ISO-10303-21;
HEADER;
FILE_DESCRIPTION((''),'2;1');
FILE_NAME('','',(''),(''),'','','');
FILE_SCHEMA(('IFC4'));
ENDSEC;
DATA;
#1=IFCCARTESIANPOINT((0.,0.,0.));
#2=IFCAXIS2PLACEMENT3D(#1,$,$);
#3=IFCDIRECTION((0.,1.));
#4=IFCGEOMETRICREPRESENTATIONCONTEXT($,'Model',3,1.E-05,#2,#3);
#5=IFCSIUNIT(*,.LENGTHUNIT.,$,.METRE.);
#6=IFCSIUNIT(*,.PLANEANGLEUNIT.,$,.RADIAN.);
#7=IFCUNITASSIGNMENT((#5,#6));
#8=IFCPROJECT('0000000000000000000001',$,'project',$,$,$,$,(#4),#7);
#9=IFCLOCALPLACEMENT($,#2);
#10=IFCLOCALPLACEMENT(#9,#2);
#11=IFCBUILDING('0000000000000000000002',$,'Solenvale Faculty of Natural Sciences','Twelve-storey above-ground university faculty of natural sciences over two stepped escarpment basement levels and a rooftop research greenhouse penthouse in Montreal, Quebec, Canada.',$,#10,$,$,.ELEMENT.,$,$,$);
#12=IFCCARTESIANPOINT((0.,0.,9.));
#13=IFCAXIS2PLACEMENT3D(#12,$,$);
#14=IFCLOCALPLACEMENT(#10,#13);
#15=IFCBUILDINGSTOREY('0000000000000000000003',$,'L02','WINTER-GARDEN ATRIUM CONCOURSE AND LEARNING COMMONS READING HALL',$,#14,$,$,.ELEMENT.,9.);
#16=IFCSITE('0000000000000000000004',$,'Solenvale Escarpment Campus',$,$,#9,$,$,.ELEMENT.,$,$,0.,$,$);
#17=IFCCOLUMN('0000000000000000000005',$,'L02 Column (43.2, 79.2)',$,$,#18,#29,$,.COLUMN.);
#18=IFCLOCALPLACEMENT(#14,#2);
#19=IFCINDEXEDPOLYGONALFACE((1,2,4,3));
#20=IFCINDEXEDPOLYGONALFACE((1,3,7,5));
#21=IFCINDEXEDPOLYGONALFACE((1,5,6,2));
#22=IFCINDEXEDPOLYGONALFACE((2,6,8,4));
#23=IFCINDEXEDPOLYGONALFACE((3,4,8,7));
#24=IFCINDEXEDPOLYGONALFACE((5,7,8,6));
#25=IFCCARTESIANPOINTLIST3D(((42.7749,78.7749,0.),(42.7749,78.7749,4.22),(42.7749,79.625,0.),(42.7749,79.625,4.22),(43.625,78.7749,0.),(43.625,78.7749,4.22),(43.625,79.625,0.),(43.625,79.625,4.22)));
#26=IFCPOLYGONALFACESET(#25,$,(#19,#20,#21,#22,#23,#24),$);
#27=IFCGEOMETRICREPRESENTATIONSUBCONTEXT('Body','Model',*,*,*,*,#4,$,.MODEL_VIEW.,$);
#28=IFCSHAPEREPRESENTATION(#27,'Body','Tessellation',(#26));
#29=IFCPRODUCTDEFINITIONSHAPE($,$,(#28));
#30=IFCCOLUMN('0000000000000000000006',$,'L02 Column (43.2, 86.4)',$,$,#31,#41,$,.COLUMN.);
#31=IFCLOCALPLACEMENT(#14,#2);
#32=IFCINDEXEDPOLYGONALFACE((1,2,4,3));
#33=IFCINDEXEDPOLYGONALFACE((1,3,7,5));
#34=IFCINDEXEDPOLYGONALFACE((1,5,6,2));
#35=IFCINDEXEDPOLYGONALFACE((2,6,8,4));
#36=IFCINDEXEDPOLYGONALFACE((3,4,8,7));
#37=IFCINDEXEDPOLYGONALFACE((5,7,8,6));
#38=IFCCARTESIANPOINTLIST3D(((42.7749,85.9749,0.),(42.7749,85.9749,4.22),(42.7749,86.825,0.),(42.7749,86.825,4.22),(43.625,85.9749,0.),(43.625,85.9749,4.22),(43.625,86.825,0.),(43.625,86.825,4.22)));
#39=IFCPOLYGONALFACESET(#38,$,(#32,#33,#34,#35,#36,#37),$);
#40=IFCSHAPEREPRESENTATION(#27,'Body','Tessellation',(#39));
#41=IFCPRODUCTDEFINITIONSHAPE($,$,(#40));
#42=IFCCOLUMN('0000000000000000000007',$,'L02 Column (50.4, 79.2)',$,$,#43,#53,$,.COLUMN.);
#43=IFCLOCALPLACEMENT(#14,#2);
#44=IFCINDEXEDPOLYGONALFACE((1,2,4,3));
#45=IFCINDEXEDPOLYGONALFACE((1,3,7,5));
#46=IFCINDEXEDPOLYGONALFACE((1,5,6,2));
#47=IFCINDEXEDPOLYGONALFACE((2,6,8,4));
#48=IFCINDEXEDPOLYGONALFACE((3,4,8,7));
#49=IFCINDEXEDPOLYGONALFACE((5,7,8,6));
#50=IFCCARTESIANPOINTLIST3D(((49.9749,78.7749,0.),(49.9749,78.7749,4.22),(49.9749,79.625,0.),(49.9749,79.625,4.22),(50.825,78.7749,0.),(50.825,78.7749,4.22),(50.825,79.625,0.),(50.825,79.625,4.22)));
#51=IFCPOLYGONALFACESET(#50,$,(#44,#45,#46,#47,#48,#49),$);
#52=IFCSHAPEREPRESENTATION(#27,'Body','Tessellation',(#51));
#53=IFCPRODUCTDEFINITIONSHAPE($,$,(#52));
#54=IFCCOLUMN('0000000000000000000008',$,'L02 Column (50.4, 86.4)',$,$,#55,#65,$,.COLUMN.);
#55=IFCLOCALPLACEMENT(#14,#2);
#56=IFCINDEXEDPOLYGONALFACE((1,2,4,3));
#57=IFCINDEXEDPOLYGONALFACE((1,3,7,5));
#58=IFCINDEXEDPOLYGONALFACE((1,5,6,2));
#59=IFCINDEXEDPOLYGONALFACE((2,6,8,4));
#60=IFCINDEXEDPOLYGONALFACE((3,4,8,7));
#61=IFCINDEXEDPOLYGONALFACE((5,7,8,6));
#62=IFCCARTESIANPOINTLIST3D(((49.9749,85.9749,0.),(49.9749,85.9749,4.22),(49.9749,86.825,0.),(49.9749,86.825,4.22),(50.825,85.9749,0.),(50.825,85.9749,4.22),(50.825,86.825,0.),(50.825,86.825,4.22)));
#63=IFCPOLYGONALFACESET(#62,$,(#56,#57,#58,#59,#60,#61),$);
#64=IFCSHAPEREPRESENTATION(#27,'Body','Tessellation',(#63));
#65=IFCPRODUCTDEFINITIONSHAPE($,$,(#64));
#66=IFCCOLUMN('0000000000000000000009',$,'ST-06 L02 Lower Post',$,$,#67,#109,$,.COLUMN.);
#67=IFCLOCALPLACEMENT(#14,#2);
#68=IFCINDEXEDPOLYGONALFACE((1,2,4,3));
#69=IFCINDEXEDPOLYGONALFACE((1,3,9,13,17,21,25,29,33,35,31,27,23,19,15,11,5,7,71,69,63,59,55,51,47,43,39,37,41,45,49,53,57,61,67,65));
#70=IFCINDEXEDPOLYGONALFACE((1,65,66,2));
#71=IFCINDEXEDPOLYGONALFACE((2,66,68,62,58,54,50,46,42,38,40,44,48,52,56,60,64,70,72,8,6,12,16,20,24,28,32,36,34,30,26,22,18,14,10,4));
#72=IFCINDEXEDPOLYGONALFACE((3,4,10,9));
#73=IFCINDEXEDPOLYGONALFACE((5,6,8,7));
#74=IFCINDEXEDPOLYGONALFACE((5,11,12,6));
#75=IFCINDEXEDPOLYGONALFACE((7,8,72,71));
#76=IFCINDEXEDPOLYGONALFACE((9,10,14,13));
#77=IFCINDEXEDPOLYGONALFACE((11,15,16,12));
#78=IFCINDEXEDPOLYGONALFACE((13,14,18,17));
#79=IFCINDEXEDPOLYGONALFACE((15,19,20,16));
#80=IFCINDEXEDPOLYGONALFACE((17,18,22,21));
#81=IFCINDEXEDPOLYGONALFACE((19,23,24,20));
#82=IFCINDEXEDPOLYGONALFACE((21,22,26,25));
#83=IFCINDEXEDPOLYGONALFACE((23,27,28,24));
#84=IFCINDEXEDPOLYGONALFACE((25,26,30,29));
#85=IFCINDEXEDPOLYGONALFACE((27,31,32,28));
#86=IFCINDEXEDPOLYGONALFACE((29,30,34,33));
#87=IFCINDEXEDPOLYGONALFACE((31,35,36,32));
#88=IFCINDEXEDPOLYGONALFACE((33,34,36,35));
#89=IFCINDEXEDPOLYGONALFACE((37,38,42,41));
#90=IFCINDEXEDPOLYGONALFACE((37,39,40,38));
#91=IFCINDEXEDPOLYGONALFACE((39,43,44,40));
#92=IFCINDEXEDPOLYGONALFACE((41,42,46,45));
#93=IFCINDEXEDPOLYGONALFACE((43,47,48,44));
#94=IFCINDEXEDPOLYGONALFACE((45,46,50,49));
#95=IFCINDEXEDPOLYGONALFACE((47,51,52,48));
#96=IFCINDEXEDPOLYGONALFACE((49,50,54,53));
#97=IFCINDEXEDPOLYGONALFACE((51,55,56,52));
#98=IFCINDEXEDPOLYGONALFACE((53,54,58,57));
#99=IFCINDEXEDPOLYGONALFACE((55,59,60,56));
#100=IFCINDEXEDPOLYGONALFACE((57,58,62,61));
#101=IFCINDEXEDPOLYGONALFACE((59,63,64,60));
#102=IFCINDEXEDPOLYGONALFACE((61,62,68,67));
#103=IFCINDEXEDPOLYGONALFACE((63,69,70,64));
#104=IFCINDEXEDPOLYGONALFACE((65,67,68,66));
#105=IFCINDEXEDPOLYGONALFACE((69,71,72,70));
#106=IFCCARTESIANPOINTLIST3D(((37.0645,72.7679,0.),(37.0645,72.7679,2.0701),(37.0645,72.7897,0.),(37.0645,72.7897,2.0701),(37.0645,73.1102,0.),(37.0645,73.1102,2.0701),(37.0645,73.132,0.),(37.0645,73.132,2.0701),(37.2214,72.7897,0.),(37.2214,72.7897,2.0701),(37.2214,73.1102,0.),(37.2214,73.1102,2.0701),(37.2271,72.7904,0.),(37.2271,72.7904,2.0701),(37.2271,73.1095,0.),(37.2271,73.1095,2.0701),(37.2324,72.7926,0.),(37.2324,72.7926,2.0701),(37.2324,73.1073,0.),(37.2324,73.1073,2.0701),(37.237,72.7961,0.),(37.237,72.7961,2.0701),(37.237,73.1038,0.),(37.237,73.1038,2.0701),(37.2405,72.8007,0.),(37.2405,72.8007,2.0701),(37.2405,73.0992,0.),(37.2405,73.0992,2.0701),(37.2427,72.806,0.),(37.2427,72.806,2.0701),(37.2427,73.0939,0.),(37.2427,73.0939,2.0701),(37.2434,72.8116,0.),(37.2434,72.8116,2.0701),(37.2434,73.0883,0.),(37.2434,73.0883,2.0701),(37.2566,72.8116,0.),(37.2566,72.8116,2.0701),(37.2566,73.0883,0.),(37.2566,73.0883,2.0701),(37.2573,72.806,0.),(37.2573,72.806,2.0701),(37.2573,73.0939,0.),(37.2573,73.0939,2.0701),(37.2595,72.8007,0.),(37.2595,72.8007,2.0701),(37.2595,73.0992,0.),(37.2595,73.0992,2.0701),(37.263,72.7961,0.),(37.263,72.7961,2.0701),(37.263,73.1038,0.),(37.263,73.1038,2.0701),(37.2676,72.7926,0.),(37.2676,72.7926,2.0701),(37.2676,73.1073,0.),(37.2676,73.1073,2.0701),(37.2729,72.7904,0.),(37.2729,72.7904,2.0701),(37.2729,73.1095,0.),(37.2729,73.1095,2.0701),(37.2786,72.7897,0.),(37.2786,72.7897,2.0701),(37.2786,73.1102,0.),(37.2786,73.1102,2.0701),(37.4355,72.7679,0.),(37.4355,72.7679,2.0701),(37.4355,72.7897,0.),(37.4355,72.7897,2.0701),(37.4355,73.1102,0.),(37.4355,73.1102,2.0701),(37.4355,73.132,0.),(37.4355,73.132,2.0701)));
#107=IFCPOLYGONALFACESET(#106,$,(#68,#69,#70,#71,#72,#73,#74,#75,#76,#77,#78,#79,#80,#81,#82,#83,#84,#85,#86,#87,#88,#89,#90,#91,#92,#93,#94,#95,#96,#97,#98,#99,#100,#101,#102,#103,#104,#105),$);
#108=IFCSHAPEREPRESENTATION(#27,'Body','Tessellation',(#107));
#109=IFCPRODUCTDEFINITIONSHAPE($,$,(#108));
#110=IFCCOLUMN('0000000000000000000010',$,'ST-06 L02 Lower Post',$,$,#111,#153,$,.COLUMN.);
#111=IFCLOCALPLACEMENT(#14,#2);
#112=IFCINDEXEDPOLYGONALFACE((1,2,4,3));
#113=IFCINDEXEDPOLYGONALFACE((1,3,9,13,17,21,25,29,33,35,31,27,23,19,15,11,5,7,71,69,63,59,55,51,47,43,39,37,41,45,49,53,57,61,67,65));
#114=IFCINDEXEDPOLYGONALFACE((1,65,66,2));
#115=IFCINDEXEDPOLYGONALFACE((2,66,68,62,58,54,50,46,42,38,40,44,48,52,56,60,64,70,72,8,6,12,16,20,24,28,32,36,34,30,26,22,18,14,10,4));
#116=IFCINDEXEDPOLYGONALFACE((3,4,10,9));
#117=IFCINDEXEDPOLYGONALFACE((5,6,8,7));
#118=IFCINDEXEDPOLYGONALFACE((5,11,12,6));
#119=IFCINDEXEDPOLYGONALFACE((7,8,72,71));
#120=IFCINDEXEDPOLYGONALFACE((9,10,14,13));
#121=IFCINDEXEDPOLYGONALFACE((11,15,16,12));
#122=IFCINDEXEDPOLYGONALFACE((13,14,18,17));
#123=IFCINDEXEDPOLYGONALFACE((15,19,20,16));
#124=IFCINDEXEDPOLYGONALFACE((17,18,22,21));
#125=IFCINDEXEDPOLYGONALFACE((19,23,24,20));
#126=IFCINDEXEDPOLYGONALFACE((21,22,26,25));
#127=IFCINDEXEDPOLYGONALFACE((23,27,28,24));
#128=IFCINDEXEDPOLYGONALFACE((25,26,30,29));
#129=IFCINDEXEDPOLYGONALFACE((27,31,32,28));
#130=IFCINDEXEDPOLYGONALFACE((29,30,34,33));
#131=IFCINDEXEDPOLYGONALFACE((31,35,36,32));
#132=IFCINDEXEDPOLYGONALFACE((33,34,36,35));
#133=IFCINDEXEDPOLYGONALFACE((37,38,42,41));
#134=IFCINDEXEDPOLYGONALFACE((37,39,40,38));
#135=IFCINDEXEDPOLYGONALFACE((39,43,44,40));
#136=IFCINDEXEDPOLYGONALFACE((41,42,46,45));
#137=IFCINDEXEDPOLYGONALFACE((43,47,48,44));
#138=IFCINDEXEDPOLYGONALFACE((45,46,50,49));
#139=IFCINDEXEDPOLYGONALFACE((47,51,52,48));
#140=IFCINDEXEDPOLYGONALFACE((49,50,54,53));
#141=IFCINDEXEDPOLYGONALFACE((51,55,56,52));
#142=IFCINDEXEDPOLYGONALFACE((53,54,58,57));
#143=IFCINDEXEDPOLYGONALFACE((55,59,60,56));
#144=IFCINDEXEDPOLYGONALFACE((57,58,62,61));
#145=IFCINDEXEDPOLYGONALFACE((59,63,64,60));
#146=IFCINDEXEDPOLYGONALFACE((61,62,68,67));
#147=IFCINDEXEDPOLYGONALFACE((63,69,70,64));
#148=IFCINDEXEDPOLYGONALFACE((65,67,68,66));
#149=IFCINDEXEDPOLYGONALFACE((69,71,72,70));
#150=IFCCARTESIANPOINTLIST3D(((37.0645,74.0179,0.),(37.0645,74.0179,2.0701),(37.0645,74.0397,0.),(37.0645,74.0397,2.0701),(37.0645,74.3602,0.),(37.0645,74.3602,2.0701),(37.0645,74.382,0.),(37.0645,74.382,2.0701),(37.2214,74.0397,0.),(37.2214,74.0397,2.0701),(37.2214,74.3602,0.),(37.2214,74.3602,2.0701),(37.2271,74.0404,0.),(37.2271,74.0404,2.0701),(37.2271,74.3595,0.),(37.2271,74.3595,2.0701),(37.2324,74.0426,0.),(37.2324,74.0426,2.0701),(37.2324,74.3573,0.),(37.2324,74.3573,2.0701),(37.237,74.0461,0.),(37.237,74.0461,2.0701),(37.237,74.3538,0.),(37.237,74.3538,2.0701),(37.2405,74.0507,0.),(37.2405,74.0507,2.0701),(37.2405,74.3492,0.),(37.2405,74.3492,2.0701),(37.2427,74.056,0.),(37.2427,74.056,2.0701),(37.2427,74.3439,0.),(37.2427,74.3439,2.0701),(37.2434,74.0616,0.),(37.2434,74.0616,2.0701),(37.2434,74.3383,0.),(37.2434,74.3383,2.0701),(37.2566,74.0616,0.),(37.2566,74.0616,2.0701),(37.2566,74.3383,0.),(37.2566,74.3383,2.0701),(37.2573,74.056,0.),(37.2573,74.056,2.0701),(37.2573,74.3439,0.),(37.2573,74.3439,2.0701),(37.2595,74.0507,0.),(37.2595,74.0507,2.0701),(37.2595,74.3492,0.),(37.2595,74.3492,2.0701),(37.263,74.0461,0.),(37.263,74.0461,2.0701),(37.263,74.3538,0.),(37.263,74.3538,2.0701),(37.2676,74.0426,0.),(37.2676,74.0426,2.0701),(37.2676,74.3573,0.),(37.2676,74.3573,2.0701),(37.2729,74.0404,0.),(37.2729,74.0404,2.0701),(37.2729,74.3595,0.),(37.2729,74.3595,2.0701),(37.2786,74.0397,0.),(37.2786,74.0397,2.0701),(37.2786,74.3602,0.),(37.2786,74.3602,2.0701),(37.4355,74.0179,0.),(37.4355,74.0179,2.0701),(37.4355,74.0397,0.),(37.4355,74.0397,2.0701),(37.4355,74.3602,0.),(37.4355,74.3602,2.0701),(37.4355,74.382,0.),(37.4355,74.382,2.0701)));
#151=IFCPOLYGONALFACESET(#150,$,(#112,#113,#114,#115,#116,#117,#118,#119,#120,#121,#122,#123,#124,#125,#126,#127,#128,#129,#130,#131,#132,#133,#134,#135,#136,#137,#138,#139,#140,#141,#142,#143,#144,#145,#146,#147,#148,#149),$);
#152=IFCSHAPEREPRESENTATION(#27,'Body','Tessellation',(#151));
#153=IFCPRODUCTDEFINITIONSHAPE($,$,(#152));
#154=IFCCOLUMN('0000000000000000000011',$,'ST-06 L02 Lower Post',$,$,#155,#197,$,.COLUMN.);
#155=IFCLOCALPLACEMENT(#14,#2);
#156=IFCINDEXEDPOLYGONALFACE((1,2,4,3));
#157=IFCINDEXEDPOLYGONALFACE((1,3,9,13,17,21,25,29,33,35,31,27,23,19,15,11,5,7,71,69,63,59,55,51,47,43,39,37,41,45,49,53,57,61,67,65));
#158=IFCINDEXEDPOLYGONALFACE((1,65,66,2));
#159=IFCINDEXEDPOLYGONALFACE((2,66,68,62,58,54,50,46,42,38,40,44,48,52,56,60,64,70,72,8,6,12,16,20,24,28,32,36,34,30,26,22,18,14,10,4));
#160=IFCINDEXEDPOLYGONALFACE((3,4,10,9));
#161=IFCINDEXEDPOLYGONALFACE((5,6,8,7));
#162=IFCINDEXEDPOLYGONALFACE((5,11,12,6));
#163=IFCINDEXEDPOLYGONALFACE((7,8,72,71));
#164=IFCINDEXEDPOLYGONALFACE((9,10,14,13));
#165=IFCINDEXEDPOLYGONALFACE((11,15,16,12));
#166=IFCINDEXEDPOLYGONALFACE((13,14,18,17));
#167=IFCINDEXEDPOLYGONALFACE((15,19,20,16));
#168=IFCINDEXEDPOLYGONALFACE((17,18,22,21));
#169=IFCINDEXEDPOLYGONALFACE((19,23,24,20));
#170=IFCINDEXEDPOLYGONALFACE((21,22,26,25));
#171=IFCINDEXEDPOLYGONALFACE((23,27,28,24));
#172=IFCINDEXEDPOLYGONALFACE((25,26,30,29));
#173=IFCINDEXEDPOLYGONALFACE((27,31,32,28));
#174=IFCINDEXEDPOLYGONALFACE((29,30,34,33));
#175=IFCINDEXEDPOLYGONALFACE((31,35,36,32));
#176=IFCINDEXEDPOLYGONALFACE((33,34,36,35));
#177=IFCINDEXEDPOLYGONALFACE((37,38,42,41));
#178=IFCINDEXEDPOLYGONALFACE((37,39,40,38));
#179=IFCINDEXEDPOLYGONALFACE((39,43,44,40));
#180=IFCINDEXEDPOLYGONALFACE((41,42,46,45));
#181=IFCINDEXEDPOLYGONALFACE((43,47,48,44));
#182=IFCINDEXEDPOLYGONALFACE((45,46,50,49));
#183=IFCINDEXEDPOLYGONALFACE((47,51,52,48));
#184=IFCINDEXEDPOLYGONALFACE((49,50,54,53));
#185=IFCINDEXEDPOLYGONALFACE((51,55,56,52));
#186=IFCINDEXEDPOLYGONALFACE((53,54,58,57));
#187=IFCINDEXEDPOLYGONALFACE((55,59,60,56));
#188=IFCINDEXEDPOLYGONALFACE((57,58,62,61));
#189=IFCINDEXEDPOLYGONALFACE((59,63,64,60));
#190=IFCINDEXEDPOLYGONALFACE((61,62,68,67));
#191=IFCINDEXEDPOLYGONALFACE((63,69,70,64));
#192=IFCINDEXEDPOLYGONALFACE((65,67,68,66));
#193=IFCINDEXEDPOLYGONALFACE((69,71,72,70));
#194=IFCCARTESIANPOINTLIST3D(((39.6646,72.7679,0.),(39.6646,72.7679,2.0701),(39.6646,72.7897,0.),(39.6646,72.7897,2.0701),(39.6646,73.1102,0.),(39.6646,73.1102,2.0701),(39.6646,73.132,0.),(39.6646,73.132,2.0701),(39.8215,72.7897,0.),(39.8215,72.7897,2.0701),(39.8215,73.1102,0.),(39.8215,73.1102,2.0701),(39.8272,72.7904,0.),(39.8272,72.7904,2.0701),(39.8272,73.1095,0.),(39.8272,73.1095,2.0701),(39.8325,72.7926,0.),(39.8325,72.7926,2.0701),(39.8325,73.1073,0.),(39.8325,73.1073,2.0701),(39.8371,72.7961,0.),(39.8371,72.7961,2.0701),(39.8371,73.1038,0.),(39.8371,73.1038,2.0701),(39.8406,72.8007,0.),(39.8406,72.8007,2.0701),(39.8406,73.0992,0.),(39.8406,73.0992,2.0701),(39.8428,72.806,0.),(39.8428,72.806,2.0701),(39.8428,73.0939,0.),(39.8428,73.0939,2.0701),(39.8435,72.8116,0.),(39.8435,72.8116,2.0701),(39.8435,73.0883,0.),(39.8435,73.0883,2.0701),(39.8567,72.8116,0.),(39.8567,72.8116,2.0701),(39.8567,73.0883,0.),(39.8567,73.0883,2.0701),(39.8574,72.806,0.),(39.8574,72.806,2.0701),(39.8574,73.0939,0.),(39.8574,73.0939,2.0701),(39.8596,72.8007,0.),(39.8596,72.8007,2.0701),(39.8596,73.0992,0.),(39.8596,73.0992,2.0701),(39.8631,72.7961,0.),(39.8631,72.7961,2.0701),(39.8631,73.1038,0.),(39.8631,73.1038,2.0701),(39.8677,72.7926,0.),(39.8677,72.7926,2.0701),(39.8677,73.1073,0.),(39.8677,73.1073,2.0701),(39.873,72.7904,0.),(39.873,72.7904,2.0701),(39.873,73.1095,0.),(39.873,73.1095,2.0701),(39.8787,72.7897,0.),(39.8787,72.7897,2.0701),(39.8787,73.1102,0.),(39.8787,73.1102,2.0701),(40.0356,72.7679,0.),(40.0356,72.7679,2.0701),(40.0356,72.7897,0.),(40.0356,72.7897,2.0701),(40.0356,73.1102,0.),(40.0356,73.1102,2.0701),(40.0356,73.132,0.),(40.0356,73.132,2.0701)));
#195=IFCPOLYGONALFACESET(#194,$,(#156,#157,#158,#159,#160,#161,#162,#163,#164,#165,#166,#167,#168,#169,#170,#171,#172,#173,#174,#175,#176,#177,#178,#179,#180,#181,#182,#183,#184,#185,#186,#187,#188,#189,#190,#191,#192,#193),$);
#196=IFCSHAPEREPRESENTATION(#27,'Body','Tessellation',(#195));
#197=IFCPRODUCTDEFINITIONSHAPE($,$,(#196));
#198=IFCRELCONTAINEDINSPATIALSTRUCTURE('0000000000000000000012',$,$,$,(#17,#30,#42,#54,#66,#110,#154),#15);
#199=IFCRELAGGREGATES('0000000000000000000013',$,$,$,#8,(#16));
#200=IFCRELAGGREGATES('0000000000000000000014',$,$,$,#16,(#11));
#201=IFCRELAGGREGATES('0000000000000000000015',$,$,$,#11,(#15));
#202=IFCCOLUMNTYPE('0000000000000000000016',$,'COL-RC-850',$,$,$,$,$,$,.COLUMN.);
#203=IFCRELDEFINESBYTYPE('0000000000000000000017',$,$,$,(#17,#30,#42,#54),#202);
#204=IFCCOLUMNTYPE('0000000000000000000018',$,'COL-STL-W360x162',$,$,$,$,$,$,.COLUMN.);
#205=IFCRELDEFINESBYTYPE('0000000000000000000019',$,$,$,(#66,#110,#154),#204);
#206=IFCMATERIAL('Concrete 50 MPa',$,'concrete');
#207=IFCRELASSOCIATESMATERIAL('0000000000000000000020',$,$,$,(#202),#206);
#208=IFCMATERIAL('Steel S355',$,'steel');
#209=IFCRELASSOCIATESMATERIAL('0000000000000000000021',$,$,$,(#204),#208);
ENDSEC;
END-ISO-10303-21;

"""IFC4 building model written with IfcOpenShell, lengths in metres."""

from ifc_helpers import new_model, si_unit, direction, frame, origin, origin_2d, place, context, subcontext, project, spatial, rectangle, i_section, extrude, material, material_profile, profile_set, type_object, element, save


model = new_model("IFC4")

# Units and contexts
model_context = context("Model", 3, precision=1e-05, world=origin(), true_north=direction((0.0, 1.0)))
body_context = subcontext(model_context, "Body", "Model", "MODEL_VIEW")
ifc_project = project(units=[si_unit("LENGTHUNIT", "METRE"), si_unit("PLANEANGLEUNIT", "RADIAN")], contexts=[model_context])

# Site, building, storey
site_placement = place(None, origin())
site = spatial("IfcSite", under=ifc_project, at=site_placement, Name="Solenvale Escarpment Campus", CompositionType="ELEMENT", RefElevation=0.0)
building_placement = place(site_placement, origin())
building = spatial("IfcBuilding", under=site, at=building_placement, Name="Solenvale Faculty of Natural Sciences", Description="Twelve-storey above-ground university faculty of natural sciences over two stepped escarpment basement levels and a rooftop research greenhouse penthouse in Montreal, Quebec, Canada.", CompositionType="ELEMENT")
storey_placement = place(building_placement, frame((0.0, 0.0, 9.0)))
storey = spatial("IfcBuildingStorey", under=building, at=storey_placement, Name="L02", Description="WINTER-GARDEN ATRIUM CONCOURSE AND LEARNING COMMONS READING HALL", CompositionType="ELEMENT", Elevation=9.0)

# Columns
ifc_material_1 = material(Name="Concrete 50 MPa", Category="concrete")
ifc_material_profile_1 = material_profile(ifc_material_1, rectangle(XDim=0.8501, YDim=0.8501, at=origin_2d()), Name="RC-COL-850x850")
ifc_profile_set_1 = profile_set([ifc_material_profile_1], Name="Concrete 50 MPa")
column_type_1 = type_object("IfcColumnType", Name="COL-RC-850", PredefinedType="COLUMN", material=ifc_profile_set_1)
for number, where, z_axis, x_axis, name in (
    (1, (43.2, 79.2, 0.0), (0.0, 0.0, 1.0), (1.0, 0.0, 0.0), "L02 Column (43.2, 79.2)"),
    (2, (43.2, 86.3999, 0.0), (0.0, 0.0, 1.0), (1.0, 0.0, 0.0), "L02 Column (43.2, 86.4)"),
    (3, (50.3999, 79.2, 0.0), (0.0, 0.0, 1.0), (1.0, 0.0, 0.0), "L02 Column (50.4, 79.2)"),
    (4, (50.3999, 86.3999, 0.0), (0.0, 0.0, 1.0), (1.0, 0.0, 0.0), "L02 Column (50.4, 86.4)"),
):
    element("IfcColumn", number, at=place(storey_placement, frame(where, z_axis=z_axis, x_axis=x_axis)), inside=storey, type_object=column_type_1, Name=name, PredefinedType="COLUMN", context=body_context, shape_type="SweptSolid", body=[
        extrude(rectangle(XDim=0.8501, YDim=0.8501, at=origin_2d()), origin(), (0.0, 0.0, 1.0), 4.22),
    ])
ifc_material_2 = material(Name="Steel S355", Category="steel")
ifc_material_profile_2 = material_profile(ifc_material_2, i_section(OverallWidth=0.3711, OverallDepth=0.364, WebThickness=0.0132, FlangeThickness=0.0217, FilletRadius=0.022, at=origin_2d()), Name="W360x162")
ifc_profile_set_2 = profile_set([ifc_material_profile_2], Name="Steel S355")
column_type_2 = type_object("IfcColumnType", Name="COL-STL-W360x162", PredefinedType="COLUMN", material=ifc_profile_set_2)
for number, where, z_axis, x_axis, name in (
    (5, (37.25, 72.95, 0.0), (0.0, 0.0, 1.0), (1.0, 0.0, 0.0), "ST-06 L02 Lower Post"),
    (6, (37.25, 74.2, 0.0), (0.0, 0.0, 1.0), (1.0, 0.0, 0.0), "ST-06 L02 Lower Post"),
    (7, (39.8501, 72.95, 0.0), (0.0, 0.0, 1.0), (1.0, 0.0, 0.0), "ST-06 L02 Lower Post"),
):
    element("IfcColumn", number, at=place(storey_placement, frame(where, z_axis=z_axis, x_axis=x_axis)), inside=storey, type_object=column_type_2, Name=name, PredefinedType="COLUMN", context=body_context, shape_type="SweptSolid", body=[
        extrude(i_section(OverallWidth=0.3711, OverallDepth=0.364, WebThickness=0.0132, FlangeThickness=0.0217, FilletRadius=0.022, at=origin_2d()), origin(), (0.0, 0.0, 1.0), 2.0701),
    ])

save(model, "model.ifc")
